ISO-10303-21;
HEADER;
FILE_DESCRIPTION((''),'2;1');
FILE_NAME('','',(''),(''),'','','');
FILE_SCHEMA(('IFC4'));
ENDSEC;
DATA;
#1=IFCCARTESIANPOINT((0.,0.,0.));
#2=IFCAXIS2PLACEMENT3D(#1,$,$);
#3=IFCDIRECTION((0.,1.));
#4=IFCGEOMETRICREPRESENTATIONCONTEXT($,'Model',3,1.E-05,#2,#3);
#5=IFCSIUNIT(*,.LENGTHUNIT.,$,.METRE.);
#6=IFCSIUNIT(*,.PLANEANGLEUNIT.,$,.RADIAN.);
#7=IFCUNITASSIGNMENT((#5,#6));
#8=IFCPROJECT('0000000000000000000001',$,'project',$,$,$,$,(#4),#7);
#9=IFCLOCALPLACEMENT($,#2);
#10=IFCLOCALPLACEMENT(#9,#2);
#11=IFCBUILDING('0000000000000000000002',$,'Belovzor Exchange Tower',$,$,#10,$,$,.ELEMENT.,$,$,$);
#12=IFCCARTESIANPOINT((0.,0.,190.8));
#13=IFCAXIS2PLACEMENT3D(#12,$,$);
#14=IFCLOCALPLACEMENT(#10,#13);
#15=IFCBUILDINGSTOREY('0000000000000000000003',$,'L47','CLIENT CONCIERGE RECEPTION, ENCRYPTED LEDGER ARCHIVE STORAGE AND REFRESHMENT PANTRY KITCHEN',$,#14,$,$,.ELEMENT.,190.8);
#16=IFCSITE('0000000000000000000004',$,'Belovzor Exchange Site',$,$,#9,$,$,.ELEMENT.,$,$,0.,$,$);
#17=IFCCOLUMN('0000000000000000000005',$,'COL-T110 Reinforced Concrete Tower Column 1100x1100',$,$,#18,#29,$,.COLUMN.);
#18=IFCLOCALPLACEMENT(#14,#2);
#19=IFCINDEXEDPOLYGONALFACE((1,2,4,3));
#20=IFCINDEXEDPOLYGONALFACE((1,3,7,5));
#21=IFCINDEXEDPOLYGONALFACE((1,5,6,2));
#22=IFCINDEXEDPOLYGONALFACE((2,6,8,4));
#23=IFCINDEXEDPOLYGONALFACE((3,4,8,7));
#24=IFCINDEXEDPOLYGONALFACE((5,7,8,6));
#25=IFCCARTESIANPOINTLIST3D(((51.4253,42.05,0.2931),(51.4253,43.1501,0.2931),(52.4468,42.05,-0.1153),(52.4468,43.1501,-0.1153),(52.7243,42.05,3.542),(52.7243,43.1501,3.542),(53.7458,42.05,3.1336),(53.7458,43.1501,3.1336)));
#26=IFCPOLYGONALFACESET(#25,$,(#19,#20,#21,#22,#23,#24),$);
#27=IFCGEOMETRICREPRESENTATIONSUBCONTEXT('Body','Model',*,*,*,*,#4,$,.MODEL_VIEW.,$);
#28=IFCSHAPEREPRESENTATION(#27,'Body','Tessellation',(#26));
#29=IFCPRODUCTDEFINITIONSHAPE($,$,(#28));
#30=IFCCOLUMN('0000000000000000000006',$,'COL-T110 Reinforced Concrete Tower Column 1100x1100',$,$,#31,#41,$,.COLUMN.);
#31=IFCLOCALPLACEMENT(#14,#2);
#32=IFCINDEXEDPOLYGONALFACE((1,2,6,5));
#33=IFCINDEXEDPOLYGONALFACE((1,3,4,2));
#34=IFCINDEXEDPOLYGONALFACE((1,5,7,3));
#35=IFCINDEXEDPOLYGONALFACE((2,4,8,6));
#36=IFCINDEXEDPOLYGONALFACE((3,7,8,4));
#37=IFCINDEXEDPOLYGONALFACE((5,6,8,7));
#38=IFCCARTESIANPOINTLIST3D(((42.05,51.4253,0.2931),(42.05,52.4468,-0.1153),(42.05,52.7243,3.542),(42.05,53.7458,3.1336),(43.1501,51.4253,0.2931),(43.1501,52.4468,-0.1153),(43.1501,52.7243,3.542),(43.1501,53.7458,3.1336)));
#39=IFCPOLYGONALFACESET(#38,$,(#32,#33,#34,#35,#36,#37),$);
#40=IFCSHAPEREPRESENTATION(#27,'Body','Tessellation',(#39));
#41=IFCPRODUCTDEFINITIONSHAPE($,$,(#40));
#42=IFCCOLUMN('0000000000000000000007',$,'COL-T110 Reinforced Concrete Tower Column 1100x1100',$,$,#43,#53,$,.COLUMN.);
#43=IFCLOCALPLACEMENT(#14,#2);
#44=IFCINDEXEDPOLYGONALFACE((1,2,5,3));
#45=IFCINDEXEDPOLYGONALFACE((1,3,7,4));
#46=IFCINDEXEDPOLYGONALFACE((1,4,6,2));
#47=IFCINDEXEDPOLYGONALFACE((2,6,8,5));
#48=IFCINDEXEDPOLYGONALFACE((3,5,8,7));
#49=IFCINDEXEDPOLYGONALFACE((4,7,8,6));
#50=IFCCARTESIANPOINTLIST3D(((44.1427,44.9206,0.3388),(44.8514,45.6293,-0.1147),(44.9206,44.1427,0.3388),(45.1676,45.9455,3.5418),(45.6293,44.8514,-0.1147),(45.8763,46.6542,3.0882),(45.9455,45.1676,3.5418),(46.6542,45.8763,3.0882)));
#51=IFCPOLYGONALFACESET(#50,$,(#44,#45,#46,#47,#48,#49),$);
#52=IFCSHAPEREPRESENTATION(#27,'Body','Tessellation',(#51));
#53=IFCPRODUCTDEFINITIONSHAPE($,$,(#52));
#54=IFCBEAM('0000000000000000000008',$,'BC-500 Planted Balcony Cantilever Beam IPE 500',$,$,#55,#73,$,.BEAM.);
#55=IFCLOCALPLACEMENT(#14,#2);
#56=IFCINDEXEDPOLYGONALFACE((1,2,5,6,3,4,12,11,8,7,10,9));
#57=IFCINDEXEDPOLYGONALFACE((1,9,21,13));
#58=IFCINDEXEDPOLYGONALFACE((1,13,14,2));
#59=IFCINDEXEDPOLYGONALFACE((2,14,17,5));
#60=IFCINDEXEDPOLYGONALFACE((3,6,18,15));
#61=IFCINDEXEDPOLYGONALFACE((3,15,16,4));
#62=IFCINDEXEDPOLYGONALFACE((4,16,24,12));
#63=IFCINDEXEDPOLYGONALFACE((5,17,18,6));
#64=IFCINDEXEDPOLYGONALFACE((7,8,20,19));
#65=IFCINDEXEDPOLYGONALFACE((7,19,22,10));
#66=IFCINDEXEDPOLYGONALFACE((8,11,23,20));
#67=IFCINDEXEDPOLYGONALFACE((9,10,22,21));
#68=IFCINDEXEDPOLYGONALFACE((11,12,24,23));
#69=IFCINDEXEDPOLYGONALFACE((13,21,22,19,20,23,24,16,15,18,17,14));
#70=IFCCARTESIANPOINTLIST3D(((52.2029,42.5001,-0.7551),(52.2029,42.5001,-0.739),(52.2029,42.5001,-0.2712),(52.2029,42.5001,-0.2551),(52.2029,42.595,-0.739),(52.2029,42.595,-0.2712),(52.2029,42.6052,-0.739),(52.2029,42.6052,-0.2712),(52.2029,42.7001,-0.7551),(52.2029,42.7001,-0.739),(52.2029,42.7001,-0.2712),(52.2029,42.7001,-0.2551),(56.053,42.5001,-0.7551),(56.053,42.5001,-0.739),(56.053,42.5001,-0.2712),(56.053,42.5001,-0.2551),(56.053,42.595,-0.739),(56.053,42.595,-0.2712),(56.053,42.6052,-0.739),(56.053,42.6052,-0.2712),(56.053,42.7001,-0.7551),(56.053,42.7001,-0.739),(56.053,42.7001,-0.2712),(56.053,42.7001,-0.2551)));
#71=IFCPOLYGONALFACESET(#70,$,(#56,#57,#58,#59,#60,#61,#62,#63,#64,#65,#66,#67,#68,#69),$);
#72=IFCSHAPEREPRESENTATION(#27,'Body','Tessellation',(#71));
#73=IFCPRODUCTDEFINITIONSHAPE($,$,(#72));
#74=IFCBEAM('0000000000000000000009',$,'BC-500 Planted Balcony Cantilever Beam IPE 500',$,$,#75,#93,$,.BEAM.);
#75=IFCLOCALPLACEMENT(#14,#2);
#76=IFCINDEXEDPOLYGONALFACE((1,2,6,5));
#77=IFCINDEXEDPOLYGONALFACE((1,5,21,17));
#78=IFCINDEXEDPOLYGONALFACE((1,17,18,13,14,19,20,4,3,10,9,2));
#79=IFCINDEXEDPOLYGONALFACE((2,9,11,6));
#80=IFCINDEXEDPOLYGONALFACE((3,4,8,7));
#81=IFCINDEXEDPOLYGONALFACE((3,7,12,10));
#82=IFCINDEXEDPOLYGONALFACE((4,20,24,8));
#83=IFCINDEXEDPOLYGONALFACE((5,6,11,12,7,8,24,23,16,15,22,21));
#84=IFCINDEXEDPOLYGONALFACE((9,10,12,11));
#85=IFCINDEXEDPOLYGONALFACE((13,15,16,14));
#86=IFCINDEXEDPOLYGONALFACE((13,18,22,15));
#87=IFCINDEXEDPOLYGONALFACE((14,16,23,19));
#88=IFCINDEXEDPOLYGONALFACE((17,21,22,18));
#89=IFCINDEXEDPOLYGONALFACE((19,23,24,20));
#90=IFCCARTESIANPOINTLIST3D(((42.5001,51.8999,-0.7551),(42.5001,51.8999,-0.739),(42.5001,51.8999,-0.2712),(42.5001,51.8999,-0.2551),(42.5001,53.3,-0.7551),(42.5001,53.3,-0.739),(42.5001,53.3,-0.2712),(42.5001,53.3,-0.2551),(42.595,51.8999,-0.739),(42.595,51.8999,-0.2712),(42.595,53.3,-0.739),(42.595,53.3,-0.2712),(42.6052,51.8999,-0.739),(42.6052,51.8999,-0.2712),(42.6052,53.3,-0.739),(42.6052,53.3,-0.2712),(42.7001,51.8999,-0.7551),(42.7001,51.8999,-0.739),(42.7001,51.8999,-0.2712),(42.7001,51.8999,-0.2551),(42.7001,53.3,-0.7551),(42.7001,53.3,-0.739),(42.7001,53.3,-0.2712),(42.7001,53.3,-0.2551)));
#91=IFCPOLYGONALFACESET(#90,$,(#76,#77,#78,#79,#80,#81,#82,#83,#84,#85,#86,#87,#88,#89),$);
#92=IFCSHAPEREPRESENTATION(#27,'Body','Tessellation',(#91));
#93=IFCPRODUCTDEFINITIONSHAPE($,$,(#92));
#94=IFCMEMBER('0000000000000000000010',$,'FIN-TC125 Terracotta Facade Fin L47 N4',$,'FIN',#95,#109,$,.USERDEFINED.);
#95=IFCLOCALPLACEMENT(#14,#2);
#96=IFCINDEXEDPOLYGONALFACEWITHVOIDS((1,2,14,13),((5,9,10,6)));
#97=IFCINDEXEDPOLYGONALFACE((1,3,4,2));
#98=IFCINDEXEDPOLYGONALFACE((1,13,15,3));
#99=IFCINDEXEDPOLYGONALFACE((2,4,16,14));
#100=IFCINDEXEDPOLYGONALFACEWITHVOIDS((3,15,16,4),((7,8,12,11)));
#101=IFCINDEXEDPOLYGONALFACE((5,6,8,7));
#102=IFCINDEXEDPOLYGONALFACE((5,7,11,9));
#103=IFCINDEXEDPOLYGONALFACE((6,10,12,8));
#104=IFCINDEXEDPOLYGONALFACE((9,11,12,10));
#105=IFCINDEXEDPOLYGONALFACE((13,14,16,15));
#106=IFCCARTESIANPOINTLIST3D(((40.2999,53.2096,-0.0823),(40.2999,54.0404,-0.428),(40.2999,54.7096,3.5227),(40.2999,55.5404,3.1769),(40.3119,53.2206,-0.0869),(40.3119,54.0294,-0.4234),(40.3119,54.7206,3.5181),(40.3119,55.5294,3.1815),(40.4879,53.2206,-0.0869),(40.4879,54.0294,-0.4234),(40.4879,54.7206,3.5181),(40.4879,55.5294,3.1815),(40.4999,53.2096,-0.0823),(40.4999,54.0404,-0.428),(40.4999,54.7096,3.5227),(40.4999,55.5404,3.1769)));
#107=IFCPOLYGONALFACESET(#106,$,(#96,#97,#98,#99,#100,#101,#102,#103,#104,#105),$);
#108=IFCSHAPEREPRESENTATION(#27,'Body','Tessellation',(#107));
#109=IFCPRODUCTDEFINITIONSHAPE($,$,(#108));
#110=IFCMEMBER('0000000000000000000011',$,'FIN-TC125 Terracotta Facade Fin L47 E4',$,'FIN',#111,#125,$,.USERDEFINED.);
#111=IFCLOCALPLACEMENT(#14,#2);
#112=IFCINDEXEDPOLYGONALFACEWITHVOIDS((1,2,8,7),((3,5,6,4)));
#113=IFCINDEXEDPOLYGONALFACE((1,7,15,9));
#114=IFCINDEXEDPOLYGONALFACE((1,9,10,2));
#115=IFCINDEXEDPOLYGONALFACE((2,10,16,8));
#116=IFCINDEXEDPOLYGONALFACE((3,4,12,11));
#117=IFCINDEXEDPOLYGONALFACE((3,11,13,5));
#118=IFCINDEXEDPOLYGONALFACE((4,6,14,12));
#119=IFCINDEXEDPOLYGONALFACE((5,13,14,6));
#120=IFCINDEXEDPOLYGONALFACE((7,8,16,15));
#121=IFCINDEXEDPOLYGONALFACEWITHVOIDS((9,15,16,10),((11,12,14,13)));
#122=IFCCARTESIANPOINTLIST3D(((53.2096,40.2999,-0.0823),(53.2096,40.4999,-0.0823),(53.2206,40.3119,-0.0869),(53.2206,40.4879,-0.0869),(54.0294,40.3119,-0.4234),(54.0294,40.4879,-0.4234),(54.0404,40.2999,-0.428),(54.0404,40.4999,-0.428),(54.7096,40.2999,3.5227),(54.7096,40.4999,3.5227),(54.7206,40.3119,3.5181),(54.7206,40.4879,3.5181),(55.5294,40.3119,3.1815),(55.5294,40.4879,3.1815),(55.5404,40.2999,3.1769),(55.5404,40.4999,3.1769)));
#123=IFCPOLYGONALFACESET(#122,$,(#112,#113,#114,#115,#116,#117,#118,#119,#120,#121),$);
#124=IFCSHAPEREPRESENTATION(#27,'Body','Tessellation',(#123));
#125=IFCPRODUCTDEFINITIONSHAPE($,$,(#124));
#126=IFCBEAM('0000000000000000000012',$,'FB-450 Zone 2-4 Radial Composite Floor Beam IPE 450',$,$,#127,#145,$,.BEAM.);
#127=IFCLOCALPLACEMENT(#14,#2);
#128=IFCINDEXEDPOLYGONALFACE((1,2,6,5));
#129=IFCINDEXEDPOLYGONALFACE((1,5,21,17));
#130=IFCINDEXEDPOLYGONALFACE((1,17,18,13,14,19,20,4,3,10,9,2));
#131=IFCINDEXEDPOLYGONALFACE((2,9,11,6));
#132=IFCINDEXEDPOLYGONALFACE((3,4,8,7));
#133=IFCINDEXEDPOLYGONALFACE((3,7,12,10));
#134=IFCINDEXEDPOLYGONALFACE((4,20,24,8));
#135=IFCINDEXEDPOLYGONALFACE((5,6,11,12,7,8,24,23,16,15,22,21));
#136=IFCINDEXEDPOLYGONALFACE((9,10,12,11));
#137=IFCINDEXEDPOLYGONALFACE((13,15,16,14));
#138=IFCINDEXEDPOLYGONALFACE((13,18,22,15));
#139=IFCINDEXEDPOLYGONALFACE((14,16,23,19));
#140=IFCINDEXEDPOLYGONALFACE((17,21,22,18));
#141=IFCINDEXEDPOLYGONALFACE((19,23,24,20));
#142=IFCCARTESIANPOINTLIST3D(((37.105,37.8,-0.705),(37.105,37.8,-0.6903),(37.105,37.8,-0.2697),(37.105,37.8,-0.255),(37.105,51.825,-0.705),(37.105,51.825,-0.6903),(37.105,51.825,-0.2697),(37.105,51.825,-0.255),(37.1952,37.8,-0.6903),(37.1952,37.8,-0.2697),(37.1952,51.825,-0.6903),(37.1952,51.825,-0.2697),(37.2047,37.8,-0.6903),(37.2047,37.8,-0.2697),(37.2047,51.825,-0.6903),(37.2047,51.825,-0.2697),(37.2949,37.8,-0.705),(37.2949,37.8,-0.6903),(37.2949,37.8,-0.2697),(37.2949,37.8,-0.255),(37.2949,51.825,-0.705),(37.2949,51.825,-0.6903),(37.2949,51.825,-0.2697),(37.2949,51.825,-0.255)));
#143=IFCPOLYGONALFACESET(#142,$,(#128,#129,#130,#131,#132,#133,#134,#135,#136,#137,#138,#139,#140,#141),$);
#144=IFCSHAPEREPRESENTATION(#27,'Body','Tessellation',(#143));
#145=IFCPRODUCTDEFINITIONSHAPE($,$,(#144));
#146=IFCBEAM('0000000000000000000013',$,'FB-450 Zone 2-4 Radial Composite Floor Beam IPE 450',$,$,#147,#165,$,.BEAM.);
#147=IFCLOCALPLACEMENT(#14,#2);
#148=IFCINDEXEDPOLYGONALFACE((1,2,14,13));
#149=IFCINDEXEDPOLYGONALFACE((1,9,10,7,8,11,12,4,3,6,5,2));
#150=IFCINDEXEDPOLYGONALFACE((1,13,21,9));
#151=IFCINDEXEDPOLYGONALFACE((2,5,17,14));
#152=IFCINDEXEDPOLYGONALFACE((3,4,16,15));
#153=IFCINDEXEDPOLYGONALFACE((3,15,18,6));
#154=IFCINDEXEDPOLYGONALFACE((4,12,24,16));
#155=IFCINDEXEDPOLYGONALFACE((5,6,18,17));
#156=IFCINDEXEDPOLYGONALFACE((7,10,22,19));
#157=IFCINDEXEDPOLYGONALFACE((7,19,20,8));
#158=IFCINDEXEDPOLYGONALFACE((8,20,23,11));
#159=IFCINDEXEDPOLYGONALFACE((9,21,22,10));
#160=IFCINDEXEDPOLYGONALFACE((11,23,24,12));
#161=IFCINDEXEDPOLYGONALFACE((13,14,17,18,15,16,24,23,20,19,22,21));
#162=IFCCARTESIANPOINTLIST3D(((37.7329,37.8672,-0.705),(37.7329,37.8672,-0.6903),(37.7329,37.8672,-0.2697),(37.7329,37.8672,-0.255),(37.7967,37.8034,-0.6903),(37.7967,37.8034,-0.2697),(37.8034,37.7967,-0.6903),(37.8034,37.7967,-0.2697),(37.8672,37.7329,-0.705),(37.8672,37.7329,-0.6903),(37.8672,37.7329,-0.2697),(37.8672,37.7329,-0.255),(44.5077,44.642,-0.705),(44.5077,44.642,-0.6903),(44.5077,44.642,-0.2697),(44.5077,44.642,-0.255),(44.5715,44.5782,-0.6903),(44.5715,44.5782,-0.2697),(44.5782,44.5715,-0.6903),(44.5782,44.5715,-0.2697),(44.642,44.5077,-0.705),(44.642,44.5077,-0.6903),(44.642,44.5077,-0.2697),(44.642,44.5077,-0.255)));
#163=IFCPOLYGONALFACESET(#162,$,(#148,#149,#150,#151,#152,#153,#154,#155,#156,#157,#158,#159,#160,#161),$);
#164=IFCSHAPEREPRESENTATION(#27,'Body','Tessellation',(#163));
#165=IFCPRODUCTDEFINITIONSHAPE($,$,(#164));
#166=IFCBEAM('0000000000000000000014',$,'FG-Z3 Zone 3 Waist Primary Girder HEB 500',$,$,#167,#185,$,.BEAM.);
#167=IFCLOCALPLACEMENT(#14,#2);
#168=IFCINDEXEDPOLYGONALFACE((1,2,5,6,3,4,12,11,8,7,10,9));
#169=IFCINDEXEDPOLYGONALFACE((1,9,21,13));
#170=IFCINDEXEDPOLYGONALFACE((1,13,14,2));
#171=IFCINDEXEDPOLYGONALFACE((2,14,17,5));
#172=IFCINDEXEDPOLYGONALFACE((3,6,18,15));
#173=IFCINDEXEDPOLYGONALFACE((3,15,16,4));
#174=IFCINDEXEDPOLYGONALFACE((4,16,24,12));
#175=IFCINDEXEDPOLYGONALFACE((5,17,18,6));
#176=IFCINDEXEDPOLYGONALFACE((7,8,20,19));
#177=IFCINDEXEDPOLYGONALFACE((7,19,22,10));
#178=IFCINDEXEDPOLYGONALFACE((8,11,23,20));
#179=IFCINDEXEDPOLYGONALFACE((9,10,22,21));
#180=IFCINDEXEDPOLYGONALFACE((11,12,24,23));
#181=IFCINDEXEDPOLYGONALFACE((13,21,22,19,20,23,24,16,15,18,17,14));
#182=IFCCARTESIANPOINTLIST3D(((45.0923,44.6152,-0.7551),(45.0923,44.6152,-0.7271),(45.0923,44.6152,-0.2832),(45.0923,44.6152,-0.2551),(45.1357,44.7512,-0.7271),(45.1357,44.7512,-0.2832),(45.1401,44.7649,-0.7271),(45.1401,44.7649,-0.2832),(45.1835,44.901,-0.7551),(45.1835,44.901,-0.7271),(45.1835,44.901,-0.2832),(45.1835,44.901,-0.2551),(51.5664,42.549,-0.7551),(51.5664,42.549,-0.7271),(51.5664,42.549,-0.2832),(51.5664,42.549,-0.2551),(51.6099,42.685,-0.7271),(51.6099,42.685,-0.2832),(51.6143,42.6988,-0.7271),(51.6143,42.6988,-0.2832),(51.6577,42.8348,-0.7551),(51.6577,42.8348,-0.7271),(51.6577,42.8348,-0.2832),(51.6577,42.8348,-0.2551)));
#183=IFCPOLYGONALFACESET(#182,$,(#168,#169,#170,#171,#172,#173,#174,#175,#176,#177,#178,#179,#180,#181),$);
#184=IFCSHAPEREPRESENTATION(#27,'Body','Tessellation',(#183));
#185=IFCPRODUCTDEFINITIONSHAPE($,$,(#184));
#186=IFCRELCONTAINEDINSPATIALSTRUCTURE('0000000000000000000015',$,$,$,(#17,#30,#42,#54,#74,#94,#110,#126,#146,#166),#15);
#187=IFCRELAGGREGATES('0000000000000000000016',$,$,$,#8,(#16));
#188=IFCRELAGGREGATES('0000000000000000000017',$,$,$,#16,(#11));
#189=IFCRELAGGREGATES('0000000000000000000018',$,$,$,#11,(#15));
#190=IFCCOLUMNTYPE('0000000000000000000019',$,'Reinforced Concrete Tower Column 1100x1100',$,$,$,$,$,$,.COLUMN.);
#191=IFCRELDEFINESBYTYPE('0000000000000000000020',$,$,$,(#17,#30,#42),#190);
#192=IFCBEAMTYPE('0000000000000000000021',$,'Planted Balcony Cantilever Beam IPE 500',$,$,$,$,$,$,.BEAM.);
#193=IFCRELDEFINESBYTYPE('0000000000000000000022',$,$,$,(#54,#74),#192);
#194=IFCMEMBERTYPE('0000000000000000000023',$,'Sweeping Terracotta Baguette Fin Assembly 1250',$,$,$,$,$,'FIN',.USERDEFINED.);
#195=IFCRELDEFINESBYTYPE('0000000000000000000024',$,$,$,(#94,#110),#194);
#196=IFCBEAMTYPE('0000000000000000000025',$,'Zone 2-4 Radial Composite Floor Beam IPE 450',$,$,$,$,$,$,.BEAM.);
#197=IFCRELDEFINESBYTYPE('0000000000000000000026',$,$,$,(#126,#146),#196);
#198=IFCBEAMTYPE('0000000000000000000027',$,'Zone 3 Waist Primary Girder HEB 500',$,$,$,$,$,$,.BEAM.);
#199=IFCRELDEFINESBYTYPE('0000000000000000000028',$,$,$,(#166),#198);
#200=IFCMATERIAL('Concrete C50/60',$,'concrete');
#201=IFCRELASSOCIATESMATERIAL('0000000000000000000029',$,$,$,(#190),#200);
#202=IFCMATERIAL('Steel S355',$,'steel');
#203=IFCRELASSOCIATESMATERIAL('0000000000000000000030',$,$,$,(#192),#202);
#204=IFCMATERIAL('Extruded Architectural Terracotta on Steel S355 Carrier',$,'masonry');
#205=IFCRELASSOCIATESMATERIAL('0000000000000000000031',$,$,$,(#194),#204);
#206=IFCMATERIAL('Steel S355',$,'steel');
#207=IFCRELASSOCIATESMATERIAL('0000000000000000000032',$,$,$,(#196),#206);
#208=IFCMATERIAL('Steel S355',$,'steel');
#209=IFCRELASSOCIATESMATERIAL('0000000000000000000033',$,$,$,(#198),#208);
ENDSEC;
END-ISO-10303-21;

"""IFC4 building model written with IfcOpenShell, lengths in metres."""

from ifc_helpers import new_model, si_unit, direction, frame, origin, origin_2d, place, context, subcontext, project, spatial, rectangle, hollow_rectangle, i_section, extrude, material, material_profile, profile_set, type_object, element, save


model = new_model("IFC4")

# Units and contexts
model_context = context("Model", 3, precision=1e-05, world=origin(), true_north=direction((0.0, 1.0)))
body_context = subcontext(model_context, "Body", "Model", "MODEL_VIEW")
ifc_project = project(units=[si_unit("LENGTHUNIT", "METRE"), si_unit("PLANEANGLEUNIT", "RADIAN")], contexts=[model_context])

# Site, building, storey
site_placement = place(None, origin())
site = spatial("IfcSite", under=ifc_project, at=site_placement, Name="Belovzor Exchange Site", CompositionType="ELEMENT", RefElevation=0.0)
building_placement = place(site_placement, origin())
building = spatial("IfcBuilding", under=site, at=building_placement, Name="Belovzor Exchange Tower", CompositionType="ELEMENT")
storey_placement = place(building_placement, frame((0.0, 0.0, 190.8)))
storey = spatial("IfcBuildingStorey", under=building, at=storey_placement, Name="L47", Description="CLIENT CONCIERGE RECEPTION, ENCRYPTED LEDGER ARCHIVE STORAGE AND REFRESHMENT PANTRY KITCHEN", CompositionType="ELEMENT", Elevation=190.8)

# Columns
ifc_material_1 = material(Name="Concrete C50/60", Category="concrete")
ifc_material_profile_1 = material_profile(ifc_material_1, rectangle(XDim=1.1001, YDim=1.1001, at=origin_2d()))
ifc_profile_set_1 = profile_set([ifc_material_profile_1], Name="Concrete C50/60")
column_type = type_object("IfcColumnType", Name="Reinforced Concrete Tower Column 1100x1100", PredefinedType="COLUMN", material=ifc_profile_set_1)
for number, where, z_axis, x_axis, name in (
    (1, (51.936, 42.6001, 0.0889), (0.371258, 0.0, 0.92853), (0.0, 1.0, 0.0), "COL-T110 Reinforced Concrete Tower Column 1100x1100"),
    (2, (42.6001, 51.936, 0.0889), (0.0, 0.371258, 0.92853), (-1.0, 0.0, 0.0), "COL-T110 Reinforced Concrete Tower Column 1100x1100"),
):
    element("IfcColumn", number, at=place(storey_placement, frame(where, z_axis=z_axis, x_axis=x_axis)), inside=storey, type_object=column_type, Name=name, PredefinedType="COLUMN", context=body_context, shape_type="SweptSolid", body=[
        extrude(rectangle(XDim=1.1001, YDim=1.1001, at=origin_2d()), origin(), (0.0, 0.0, 1.0), 3.499),
    ])
column_placement = place(storey_placement, frame((44.886, 44.886, 0.1121), z_axis=(0.291532, 0.291532, 0.911054), x_axis=(-0.707107, 0.707107, 0.0)))
element("IfcColumn", 3, at=column_placement, inside=storey, type_object=column_type, Name="COL-T110 Reinforced Concrete Tower Column 1100x1100", PredefinedType="COLUMN", context=body_context, shape_type="SweptSolid", body=[
    extrude(rectangle(XDim=1.1001, YDim=1.1001, at=origin_2d()), origin(), (0.0, 0.0, 1.0), 3.5156),
])

# Beams
ifc_material_2 = material(Name="Steel S355", Category="steel")
ifc_material_profile_2 = material_profile(ifc_material_2, i_section(OverallWidth=0.2, OverallDepth=0.5, WebThickness=0.0103, FlangeThickness=0.0161, at=origin_2d()))
ifc_profile_set_2 = profile_set([ifc_material_profile_2], Name="Steel S355")
beam_type_1 = type_object("IfcBeamType", Name="Planted Balcony Cantilever Beam IPE 500", PredefinedType="BEAM", material=ifc_profile_set_2)
beam_1_placement = place(storey_placement, frame((52.2029, 42.6001, -0.5051), z_axis=(1.0, 0.0, 0.0), x_axis=(0.0, 1.0, 0.0)))
element("IfcBeam", 4, at=beam_1_placement, inside=storey, type_object=beam_type_1, Name="BC-500 Planted Balcony Cantilever Beam IPE 500", PredefinedType="BEAM", context=body_context, shape_type="SweptSolid", body=[
    extrude(i_section(OverallWidth=0.2, OverallDepth=0.5, WebThickness=0.0103, FlangeThickness=0.0161, at=origin_2d()), origin(), (0.0, 0.0, 1.0), 3.8501),
])
beam_2_placement = place(storey_placement, frame((42.6001, 51.8999, -0.5051), z_axis=(0.0, 1.0, 0.0), x_axis=(-1.0, 0.0, 0.0)))
element("IfcBeam", 5, at=beam_2_placement, inside=storey, type_object=beam_type_1, Name="BC-500 Planted Balcony Cantilever Beam IPE 500", PredefinedType="BEAM", context=body_context, shape_type="SweptSolid", body=[
    extrude(i_section(OverallWidth=0.2, OverallDepth=0.5, WebThickness=0.0103, FlangeThickness=0.0161, at=origin_2d()), origin(), (0.0, 0.0, 1.0), 1.4001),
])

# Members
ifc_material_3 = material(Name="Extruded Architectural Terracotta on Steel S355 Carrier", Category="masonry")
ifc_material_profile_3 = material_profile(ifc_material_3, hollow_rectangle(XDim=0.2, YDim=0.8999, WallThickness=0.012, at=origin_2d()))
ifc_profile_set_3 = profile_set([ifc_material_profile_3], Name="Extruded Architectural Terracotta on Steel S355 Carrier")
member_type = type_object("IfcMemberType", Name="Sweeping Terracotta Baguette Fin Assembly 1250", ElementType="FIN", PredefinedType="USERDEFINED", material=ifc_profile_set_3)
for number, where, z_axis, x_axis, name in (
    (6, (40.3999, 53.625, -0.2551), (0.0, 0.384162, 0.923266), (-1.0, 0.0, 0.0), "FIN-TC125 Terracotta Facade Fin L47 N4"),
    (7, (53.625, 40.3999, -0.2551), (0.384162, 0.0, 0.923266), (0.0, 1.0, 0.0), "FIN-TC125 Terracotta Facade Fin L47 E4"),
):
    element("IfcMember", number, at=place(storey_placement, frame(where, z_axis=z_axis, x_axis=x_axis)), inside=storey, type_object=member_type, Name=name, ObjectType="FIN", PredefinedType="USERDEFINED", context=body_context, shape_type="SweptSolid", body=[
        extrude(hollow_rectangle(XDim=0.2, YDim=0.8999, WallThickness=0.012, at=origin_2d()), origin(), (0.0, 0.0, 1.0), 3.9045),
    ])

# Beams
ifc_material_4 = material(Name="Steel S355", Category="steel")
ifc_material_profile_4 = material_profile(ifc_material_4, i_section(OverallWidth=0.1899, OverallDepth=0.45, WebThickness=0.0095, FlangeThickness=0.0146, at=origin_2d()))
ifc_profile_set_4 = profile_set([ifc_material_profile_4], Name="Steel S355")
beam_type_2 = type_object("IfcBeamType", Name="Zone 2-4 Radial Composite Floor Beam IPE 450", PredefinedType="BEAM", material=ifc_profile_set_4)
beam_3_placement = place(storey_placement, frame((37.2, 37.8, -0.48), z_axis=(0.0, 1.0, 0.0), x_axis=(-1.0, 0.0, 0.0)))
element("IfcBeam", 8, at=beam_3_placement, inside=storey, type_object=beam_type_2, Name="FB-450 Zone 2-4 Radial Composite Floor Beam IPE 450", PredefinedType="BEAM", context=body_context, shape_type="SweptSolid", body=[
    extrude(i_section(OverallWidth=0.1899, OverallDepth=0.45, WebThickness=0.0095, FlangeThickness=0.0146, at=origin_2d()), origin(), (0.0, 0.0, 1.0), 14.0249),
])
beam_4_placement = place(storey_placement, frame((37.8, 37.8, -0.48), z_axis=(0.707107, 0.707107, 0.0), x_axis=(-0.707107, 0.707107, 0.0)))
element("IfcBeam", 9, at=beam_4_placement, inside=storey, type_object=beam_type_2, Name="FB-450 Zone 2-4 Radial Composite Floor Beam IPE 450", PredefinedType="BEAM", context=body_context, shape_type="SweptSolid", body=[
    extrude(i_section(OverallWidth=0.1899, OverallDepth=0.45, WebThickness=0.0095, FlangeThickness=0.0146, at=origin_2d()), origin(), (0.0, 0.0, 1.0), 9.5811),
])
ifc_material_5 = material(Name="Steel S355", Category="steel")
ifc_material_profile_5 = material_profile(ifc_material_5, i_section(OverallWidth=0.3, OverallDepth=0.5, WebThickness=0.0144, FlangeThickness=0.0281, at=origin_2d()))
ifc_profile_set_5 = profile_set([ifc_material_profile_5], Name="Steel S355")
beam_type_3 = type_object("IfcBeamType", Name="Zone 3 Waist Primary Girder HEB 500", PredefinedType="BEAM", material=ifc_profile_set_5)
for number, where, z_axis, x_axis, name in (
    (10, (51.6121, 42.6919, -0.5051), (-0.952661, 0.304034, 0.0), (-0.304034, -0.952661, 0.0), "FG-Z3 Zone 3 Waist Primary Girder HEB 500"),
):
    element("IfcBeam", number, at=place(storey_placement, frame(where, z_axis=z_axis, x_axis=x_axis)), inside=storey, type_object=beam_type_3, Name=name, PredefinedType="BEAM", context=body_context, shape_type="SweptSolid", body=[
        extrude(i_section(OverallWidth=0.3, OverallDepth=0.5, WebThickness=0.0144, FlangeThickness=0.0281, at=origin_2d()), origin(), (0.0, 0.0, 1.0), 6.7959),
    ])

save(model, "model.ifc")
